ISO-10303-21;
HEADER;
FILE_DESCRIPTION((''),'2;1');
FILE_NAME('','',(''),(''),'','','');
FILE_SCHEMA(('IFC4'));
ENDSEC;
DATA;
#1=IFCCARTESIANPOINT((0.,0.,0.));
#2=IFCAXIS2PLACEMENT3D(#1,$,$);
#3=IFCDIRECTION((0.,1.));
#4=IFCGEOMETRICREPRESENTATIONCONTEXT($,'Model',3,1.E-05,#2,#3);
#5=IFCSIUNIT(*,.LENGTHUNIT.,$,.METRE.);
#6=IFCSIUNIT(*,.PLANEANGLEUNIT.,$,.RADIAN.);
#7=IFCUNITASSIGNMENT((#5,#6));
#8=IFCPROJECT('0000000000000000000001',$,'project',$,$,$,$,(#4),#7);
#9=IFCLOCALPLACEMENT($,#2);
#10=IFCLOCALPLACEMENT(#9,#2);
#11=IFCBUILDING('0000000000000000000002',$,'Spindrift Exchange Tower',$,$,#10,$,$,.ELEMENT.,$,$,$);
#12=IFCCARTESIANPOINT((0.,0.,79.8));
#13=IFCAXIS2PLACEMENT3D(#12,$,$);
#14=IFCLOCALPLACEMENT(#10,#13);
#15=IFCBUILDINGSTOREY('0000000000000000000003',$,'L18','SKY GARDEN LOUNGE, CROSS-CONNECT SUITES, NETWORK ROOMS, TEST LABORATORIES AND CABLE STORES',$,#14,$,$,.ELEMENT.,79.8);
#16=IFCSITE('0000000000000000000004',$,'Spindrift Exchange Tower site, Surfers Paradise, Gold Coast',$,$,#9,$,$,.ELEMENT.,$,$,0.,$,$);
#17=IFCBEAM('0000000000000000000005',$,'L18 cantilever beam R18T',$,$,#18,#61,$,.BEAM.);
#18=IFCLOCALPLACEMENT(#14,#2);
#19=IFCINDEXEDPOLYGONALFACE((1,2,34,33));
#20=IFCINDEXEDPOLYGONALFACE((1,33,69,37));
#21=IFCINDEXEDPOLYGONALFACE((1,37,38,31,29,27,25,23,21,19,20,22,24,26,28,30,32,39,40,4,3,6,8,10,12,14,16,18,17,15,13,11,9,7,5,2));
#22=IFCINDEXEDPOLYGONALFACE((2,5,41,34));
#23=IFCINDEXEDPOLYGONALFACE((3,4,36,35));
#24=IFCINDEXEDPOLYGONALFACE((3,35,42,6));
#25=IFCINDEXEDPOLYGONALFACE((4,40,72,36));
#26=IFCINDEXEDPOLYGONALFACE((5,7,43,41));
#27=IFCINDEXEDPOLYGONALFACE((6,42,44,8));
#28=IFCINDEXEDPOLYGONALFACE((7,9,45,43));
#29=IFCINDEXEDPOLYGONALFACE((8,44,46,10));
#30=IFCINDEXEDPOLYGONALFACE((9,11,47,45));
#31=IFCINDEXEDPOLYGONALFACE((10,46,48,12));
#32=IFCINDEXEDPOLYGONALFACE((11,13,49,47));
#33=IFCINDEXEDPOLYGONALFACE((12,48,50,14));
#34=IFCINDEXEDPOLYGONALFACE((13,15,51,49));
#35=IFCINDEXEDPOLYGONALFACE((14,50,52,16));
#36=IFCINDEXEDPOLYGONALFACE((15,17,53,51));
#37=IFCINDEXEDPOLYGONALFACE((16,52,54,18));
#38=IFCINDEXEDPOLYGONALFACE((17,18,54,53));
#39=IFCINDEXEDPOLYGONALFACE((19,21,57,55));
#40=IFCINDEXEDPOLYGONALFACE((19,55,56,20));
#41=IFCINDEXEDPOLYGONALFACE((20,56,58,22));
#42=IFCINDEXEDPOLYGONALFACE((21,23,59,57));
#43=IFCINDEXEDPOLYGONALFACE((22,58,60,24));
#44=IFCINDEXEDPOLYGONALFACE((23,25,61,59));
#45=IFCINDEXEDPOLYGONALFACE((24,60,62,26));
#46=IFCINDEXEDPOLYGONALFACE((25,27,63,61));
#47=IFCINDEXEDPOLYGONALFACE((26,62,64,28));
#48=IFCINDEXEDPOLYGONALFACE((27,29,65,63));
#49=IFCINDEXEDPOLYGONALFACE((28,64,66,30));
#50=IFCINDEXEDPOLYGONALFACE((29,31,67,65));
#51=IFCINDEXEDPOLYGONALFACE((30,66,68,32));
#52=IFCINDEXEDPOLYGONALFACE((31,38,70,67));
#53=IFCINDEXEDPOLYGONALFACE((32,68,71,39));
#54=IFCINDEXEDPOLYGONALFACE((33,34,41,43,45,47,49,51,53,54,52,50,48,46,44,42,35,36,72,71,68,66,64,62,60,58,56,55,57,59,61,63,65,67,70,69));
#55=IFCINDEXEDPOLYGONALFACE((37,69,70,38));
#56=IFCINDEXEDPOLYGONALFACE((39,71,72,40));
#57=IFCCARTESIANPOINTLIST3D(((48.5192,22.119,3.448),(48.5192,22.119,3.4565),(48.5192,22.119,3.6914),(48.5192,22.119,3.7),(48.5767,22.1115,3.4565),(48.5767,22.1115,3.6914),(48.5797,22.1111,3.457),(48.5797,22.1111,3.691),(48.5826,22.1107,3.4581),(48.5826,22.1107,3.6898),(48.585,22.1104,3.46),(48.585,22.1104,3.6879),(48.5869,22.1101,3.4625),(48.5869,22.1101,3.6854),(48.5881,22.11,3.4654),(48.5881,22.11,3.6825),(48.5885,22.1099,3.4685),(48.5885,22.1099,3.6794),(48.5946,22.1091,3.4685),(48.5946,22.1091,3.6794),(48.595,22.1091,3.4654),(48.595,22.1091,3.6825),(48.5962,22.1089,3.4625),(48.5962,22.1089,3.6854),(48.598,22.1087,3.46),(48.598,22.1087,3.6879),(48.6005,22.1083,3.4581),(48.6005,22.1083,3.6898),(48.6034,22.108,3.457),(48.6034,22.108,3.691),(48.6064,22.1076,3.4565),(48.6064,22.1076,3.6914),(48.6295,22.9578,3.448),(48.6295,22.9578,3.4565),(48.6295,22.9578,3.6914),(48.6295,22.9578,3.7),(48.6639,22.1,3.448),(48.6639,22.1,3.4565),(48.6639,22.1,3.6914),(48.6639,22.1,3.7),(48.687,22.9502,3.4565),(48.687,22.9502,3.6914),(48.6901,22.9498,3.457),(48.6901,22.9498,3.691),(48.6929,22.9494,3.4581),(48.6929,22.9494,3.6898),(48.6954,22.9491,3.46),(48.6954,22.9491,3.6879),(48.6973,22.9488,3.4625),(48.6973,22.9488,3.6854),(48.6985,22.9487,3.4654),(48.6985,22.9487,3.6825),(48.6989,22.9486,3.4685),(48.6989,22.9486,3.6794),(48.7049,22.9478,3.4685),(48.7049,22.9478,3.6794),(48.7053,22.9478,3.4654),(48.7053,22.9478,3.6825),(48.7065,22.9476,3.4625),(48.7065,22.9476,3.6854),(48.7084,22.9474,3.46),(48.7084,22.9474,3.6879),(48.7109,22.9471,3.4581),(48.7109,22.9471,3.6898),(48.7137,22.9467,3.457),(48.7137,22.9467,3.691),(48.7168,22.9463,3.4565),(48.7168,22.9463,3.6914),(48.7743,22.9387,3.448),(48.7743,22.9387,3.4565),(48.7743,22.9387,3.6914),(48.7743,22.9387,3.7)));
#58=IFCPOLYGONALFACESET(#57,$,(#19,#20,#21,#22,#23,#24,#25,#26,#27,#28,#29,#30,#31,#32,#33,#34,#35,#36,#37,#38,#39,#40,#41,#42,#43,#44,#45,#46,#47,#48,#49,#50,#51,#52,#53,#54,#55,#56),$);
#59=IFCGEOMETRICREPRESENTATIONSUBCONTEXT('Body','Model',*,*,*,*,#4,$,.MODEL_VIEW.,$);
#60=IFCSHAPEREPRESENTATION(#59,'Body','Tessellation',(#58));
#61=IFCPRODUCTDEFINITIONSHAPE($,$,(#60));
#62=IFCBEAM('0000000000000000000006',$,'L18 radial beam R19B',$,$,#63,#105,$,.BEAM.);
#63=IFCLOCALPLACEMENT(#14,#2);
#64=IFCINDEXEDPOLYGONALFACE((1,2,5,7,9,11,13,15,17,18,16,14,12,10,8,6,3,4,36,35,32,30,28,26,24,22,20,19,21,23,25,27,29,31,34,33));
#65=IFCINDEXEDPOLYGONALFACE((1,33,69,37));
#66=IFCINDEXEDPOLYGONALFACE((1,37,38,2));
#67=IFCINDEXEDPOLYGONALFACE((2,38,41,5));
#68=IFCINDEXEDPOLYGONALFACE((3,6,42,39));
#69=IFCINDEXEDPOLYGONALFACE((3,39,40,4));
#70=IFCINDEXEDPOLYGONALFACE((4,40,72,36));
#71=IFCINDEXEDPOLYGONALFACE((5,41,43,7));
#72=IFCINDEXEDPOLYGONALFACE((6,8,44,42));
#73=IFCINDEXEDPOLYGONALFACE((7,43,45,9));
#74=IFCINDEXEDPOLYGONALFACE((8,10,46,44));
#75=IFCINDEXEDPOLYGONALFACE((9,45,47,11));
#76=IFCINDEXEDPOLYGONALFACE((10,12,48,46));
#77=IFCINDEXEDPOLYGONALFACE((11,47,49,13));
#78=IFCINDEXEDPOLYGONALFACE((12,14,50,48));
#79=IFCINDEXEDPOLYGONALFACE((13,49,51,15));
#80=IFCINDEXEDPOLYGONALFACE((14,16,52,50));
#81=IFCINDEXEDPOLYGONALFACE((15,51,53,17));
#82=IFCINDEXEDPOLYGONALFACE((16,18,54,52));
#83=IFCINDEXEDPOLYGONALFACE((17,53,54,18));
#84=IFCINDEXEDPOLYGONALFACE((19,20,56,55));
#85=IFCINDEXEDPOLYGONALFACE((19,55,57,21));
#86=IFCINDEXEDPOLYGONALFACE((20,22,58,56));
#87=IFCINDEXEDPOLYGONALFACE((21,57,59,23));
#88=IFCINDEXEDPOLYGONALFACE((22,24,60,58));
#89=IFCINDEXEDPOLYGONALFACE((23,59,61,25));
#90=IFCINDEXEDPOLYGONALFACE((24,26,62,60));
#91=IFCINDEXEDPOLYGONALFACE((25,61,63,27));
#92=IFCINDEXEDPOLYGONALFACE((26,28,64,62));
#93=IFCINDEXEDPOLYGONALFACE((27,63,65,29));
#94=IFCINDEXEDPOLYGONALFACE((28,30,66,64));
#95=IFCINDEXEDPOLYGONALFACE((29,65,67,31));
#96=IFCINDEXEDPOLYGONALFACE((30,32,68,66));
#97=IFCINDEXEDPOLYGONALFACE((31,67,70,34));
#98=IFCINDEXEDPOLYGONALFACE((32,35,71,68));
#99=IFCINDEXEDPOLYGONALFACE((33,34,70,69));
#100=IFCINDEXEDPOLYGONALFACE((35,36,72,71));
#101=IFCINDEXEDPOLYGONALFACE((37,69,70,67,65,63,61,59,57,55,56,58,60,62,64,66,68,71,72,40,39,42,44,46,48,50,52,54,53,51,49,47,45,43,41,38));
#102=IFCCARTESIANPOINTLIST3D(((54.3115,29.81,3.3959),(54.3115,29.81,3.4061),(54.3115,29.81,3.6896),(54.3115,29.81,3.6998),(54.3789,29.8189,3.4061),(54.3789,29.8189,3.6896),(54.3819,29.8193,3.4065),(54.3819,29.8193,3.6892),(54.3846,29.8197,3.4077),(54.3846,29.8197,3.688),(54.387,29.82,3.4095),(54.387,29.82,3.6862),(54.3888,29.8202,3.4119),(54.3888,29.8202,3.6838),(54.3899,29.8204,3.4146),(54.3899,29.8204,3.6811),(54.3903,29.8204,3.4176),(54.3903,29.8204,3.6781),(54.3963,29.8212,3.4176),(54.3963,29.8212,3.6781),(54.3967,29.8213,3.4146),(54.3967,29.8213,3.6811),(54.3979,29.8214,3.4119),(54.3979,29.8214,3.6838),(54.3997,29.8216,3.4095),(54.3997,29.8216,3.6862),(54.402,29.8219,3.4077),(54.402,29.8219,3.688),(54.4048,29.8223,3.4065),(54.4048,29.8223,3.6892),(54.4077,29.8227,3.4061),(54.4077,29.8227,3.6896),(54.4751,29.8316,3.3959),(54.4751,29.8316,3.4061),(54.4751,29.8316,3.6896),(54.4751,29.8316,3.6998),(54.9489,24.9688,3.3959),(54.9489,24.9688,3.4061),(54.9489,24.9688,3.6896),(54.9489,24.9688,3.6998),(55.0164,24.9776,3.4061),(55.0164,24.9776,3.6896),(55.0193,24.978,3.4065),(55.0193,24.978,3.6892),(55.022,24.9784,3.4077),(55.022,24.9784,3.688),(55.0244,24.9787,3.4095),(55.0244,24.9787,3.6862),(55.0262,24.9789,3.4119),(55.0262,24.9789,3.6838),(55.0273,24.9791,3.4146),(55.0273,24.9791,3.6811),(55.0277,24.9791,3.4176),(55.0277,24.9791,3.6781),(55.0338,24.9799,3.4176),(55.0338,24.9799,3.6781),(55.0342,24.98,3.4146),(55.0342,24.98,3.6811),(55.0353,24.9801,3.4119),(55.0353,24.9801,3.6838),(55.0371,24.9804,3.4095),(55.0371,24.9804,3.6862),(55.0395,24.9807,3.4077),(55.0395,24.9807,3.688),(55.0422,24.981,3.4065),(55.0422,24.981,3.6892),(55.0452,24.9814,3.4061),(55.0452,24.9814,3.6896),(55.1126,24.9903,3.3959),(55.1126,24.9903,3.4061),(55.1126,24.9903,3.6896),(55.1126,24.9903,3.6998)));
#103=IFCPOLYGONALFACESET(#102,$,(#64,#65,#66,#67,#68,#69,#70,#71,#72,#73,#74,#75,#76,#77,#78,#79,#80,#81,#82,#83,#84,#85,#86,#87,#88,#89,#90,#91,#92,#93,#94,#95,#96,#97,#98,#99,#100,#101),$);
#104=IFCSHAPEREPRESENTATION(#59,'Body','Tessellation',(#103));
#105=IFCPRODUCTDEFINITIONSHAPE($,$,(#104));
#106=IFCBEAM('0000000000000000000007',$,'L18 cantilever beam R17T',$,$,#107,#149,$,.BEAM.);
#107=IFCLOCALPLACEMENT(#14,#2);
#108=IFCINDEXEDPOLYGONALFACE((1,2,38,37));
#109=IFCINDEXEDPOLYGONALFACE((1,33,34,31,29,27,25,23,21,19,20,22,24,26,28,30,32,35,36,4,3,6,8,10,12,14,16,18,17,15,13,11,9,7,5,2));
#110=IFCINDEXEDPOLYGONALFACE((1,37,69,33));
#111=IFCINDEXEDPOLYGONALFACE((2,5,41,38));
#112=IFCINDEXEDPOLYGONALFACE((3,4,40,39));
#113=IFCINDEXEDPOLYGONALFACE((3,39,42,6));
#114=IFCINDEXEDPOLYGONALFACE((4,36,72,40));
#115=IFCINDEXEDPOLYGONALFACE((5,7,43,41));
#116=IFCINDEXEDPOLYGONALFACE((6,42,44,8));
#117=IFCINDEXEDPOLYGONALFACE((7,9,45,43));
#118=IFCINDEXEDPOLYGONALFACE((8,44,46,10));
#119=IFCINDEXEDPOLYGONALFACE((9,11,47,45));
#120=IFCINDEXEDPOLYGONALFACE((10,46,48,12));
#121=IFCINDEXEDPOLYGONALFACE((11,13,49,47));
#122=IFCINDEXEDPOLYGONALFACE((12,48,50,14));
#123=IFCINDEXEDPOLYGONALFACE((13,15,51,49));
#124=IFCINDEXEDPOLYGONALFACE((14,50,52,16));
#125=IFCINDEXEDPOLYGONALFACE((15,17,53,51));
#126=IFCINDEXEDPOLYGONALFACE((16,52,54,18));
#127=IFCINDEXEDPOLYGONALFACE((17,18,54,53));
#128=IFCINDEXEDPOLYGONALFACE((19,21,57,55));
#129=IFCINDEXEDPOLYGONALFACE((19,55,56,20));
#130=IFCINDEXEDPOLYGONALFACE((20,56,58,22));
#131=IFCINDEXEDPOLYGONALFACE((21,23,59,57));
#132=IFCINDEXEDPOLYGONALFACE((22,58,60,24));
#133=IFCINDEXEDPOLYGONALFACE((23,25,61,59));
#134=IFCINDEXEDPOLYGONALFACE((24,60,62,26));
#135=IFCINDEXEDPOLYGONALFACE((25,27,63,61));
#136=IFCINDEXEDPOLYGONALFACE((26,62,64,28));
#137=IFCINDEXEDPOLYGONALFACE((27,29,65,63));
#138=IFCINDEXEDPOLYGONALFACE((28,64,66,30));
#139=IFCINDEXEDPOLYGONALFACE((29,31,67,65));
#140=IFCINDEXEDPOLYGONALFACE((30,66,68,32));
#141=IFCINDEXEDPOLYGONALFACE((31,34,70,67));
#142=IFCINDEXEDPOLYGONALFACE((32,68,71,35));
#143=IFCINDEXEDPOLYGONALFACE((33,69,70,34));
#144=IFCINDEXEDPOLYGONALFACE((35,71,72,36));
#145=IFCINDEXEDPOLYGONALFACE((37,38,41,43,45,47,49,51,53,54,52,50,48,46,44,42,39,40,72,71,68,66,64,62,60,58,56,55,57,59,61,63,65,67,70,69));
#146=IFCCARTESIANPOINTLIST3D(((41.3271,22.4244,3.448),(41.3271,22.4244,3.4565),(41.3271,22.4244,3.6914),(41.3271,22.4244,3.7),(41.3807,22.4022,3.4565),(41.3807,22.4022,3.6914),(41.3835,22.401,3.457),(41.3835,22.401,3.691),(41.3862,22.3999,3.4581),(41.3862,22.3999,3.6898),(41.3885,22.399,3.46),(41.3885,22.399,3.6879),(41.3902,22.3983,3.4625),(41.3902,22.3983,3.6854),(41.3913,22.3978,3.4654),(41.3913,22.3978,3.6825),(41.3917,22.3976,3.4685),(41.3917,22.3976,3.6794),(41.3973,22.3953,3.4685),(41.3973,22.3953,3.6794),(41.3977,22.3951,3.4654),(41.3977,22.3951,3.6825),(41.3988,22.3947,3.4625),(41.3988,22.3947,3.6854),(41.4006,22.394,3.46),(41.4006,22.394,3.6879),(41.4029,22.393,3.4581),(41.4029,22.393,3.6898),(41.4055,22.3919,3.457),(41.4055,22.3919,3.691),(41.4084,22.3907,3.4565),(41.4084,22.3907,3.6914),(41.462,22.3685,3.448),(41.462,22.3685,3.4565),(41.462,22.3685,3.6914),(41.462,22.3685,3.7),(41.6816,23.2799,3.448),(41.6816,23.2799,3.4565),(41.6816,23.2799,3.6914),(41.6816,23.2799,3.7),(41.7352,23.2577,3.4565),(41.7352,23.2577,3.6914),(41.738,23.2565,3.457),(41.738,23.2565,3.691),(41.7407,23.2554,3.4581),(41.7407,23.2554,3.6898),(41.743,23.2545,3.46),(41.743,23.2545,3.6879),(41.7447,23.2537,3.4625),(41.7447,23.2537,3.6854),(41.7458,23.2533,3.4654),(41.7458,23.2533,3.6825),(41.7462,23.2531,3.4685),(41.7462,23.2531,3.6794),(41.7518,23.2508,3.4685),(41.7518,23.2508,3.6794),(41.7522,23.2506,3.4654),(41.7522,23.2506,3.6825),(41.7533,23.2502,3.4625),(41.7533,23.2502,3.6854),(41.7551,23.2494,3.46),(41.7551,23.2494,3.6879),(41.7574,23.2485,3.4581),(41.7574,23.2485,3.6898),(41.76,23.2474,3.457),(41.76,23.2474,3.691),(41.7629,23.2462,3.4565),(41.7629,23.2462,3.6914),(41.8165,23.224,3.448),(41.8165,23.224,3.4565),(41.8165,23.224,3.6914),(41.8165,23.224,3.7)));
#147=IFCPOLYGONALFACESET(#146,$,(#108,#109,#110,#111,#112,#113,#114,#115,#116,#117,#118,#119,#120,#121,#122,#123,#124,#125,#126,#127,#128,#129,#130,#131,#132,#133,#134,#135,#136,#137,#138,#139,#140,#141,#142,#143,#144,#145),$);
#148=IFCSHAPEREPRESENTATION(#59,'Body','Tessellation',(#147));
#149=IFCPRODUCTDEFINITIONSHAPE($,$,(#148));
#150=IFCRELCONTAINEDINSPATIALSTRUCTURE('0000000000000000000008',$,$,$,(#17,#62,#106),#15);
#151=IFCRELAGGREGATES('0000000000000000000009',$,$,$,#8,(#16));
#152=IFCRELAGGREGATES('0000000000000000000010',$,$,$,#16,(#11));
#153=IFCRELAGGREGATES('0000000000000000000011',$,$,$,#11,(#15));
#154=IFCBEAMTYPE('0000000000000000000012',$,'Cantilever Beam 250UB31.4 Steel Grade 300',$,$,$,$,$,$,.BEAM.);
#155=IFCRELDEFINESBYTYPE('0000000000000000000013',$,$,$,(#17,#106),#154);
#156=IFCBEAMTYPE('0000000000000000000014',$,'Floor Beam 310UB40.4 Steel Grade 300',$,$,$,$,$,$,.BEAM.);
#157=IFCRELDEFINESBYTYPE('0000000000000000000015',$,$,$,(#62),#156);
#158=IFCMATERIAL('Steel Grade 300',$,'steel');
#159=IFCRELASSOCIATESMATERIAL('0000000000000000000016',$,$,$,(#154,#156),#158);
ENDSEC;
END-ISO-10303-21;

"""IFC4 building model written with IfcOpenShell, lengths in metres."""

from ifc_helpers import new_model, si_unit, direction, frame, origin, origin_2d, place, context, subcontext, project, spatial, i_section, extrude, source, transform, mapped, material, material_profile, profile_set, type_object, element, save


model = new_model("IFC4")

# Units and contexts
model_context = context("Model", 3, precision=1e-05, world=origin(), true_north=direction((0.0, 1.0)))
body_context = subcontext(model_context, "Body", "Model", "MODEL_VIEW")
ifc_project = project(units=[si_unit("LENGTHUNIT", "METRE"), si_unit("PLANEANGLEUNIT", "RADIAN")], contexts=[model_context])

# Site, building, storey
site_placement = place(None, origin())
site = spatial("IfcSite", under=ifc_project, at=site_placement, Name="Spindrift Exchange Tower site, Surfers Paradise, Gold Coast", CompositionType="ELEMENT", RefElevation=0.0)
building_placement = place(site_placement, origin())
building = spatial("IfcBuilding", under=site, at=building_placement, Name="Spindrift Exchange Tower", CompositionType="ELEMENT")
storey_placement = place(building_placement, frame((0.0, 0.0, 79.8)))
storey = spatial("IfcBuildingStorey", under=building, at=storey_placement, Name="L18", Description="SKY GARDEN LOUNGE, CROSS-CONNECT SUITES, NETWORK ROOMS, TEST LABORATORIES AND CABLE STORES", CompositionType="ELEMENT", Elevation=79.8)

# Beams
ifc_material_1 = material(Name="Steel Grade 300", Category="steel")
ifc_material_profile_1 = material_profile(ifc_material_1, i_section(OverallWidth=0.146, OverallDepth=0.252, WebThickness=0.0061, FlangeThickness=0.0085, FilletRadius=0.012, at=origin_2d()), Name="250UB31.4")
ifc_profile_set_1 = profile_set([ifc_material_profile_1], Name="Steel Grade 300")
beam_type_1 = type_object("IfcBeamType", Name="Cantilever Beam 250UB31.4 Steel Grade 300", PredefinedType="BEAM", material=ifc_profile_set_1)
shared_shape_1 = source(origin(), body_context, "Body", "SweptSolid", [
    extrude(i_section(OverallWidth=0.146, OverallDepth=0.252, WebThickness=0.0061, FlangeThickness=0.0085, FilletRadius=0.012, at=origin_2d()), origin(), (0.0, 0.0, 1.0), 0.8459),
])
beam_1_placement = place(storey_placement, frame((48.7019, 22.9482, 3.574), z_axis=(-0.130462, -0.991453, 0.0), x_axis=(0.991453, -0.130462, 0.0)))
element("IfcBeam", 1, at=beam_1_placement, inside=storey, type_object=beam_type_1, Name="L18 cantilever beam R18T", PredefinedType="BEAM", context=body_context, shape_type="MappedRepresentation", body=[
    mapped(shared_shape_1, transform((0.0, 0.0, 0.0), scale=1.0)),
])
ifc_material_profile_2 = material_profile(ifc_material_1, i_section(OverallWidth=0.165, OverallDepth=0.304, WebThickness=0.0061, FlangeThickness=0.0103, FilletRadius=0.0115, at=origin_2d()), Name="310UB40.4")
ifc_profile_set_2 = profile_set([ifc_material_profile_2], Name="Steel Grade 300")
beam_type_2 = type_object("IfcBeamType", Name="Floor Beam 310UB40.4 Steel Grade 300", PredefinedType="BEAM", material=ifc_profile_set_2)
shared_shape_2 = source(origin(), body_context, "Body", "SweptSolid", [
    extrude(i_section(OverallWidth=0.165, OverallDepth=0.304, WebThickness=0.0061, FlangeThickness=0.0103, FilletRadius=0.0115, at=origin_2d()), origin(), (0.0, 0.0, 1.0), 4.8831),
])
beam_2_placement = place(storey_placement, frame((54.3933, 29.8208, 3.5479), z_axis=(0.130542, -0.991443, 0.0), x_axis=(0.991443, 0.130542, 0.0)))
element("IfcBeam", 2, at=beam_2_placement, inside=storey, type_object=beam_type_2, Name="L18 radial beam R19B", PredefinedType="BEAM", context=body_context, shape_type="MappedRepresentation", body=[
    mapped(shared_shape_2, transform((0.0, 0.0, 0.0), scale=1.0)),
])
shared_shape_3 = source(origin(), body_context, "Body", "SweptSolid", [
    extrude(i_section(OverallWidth=0.146, OverallDepth=0.252, WebThickness=0.0061, FlangeThickness=0.0085, FilletRadius=0.012, at=origin_2d()), origin(), (0.0, 0.0, 1.0), 0.926),
])
beam_3_placement = place(storey_placement, frame((41.749, 23.252, 3.574), z_axis=(-0.382817, -0.923824, 0.0), x_axis=(0.923824, -0.382817, 0.0)))
element("IfcBeam", 3, at=beam_3_placement, inside=storey, type_object=beam_type_1, Name="L18 cantilever beam R17T", PredefinedType="BEAM", context=body_context, shape_type="MappedRepresentation", body=[
    mapped(shared_shape_3, transform((0.0, 0.0, 0.0), scale=1.0)),
])

save(model, "model.ifc")
